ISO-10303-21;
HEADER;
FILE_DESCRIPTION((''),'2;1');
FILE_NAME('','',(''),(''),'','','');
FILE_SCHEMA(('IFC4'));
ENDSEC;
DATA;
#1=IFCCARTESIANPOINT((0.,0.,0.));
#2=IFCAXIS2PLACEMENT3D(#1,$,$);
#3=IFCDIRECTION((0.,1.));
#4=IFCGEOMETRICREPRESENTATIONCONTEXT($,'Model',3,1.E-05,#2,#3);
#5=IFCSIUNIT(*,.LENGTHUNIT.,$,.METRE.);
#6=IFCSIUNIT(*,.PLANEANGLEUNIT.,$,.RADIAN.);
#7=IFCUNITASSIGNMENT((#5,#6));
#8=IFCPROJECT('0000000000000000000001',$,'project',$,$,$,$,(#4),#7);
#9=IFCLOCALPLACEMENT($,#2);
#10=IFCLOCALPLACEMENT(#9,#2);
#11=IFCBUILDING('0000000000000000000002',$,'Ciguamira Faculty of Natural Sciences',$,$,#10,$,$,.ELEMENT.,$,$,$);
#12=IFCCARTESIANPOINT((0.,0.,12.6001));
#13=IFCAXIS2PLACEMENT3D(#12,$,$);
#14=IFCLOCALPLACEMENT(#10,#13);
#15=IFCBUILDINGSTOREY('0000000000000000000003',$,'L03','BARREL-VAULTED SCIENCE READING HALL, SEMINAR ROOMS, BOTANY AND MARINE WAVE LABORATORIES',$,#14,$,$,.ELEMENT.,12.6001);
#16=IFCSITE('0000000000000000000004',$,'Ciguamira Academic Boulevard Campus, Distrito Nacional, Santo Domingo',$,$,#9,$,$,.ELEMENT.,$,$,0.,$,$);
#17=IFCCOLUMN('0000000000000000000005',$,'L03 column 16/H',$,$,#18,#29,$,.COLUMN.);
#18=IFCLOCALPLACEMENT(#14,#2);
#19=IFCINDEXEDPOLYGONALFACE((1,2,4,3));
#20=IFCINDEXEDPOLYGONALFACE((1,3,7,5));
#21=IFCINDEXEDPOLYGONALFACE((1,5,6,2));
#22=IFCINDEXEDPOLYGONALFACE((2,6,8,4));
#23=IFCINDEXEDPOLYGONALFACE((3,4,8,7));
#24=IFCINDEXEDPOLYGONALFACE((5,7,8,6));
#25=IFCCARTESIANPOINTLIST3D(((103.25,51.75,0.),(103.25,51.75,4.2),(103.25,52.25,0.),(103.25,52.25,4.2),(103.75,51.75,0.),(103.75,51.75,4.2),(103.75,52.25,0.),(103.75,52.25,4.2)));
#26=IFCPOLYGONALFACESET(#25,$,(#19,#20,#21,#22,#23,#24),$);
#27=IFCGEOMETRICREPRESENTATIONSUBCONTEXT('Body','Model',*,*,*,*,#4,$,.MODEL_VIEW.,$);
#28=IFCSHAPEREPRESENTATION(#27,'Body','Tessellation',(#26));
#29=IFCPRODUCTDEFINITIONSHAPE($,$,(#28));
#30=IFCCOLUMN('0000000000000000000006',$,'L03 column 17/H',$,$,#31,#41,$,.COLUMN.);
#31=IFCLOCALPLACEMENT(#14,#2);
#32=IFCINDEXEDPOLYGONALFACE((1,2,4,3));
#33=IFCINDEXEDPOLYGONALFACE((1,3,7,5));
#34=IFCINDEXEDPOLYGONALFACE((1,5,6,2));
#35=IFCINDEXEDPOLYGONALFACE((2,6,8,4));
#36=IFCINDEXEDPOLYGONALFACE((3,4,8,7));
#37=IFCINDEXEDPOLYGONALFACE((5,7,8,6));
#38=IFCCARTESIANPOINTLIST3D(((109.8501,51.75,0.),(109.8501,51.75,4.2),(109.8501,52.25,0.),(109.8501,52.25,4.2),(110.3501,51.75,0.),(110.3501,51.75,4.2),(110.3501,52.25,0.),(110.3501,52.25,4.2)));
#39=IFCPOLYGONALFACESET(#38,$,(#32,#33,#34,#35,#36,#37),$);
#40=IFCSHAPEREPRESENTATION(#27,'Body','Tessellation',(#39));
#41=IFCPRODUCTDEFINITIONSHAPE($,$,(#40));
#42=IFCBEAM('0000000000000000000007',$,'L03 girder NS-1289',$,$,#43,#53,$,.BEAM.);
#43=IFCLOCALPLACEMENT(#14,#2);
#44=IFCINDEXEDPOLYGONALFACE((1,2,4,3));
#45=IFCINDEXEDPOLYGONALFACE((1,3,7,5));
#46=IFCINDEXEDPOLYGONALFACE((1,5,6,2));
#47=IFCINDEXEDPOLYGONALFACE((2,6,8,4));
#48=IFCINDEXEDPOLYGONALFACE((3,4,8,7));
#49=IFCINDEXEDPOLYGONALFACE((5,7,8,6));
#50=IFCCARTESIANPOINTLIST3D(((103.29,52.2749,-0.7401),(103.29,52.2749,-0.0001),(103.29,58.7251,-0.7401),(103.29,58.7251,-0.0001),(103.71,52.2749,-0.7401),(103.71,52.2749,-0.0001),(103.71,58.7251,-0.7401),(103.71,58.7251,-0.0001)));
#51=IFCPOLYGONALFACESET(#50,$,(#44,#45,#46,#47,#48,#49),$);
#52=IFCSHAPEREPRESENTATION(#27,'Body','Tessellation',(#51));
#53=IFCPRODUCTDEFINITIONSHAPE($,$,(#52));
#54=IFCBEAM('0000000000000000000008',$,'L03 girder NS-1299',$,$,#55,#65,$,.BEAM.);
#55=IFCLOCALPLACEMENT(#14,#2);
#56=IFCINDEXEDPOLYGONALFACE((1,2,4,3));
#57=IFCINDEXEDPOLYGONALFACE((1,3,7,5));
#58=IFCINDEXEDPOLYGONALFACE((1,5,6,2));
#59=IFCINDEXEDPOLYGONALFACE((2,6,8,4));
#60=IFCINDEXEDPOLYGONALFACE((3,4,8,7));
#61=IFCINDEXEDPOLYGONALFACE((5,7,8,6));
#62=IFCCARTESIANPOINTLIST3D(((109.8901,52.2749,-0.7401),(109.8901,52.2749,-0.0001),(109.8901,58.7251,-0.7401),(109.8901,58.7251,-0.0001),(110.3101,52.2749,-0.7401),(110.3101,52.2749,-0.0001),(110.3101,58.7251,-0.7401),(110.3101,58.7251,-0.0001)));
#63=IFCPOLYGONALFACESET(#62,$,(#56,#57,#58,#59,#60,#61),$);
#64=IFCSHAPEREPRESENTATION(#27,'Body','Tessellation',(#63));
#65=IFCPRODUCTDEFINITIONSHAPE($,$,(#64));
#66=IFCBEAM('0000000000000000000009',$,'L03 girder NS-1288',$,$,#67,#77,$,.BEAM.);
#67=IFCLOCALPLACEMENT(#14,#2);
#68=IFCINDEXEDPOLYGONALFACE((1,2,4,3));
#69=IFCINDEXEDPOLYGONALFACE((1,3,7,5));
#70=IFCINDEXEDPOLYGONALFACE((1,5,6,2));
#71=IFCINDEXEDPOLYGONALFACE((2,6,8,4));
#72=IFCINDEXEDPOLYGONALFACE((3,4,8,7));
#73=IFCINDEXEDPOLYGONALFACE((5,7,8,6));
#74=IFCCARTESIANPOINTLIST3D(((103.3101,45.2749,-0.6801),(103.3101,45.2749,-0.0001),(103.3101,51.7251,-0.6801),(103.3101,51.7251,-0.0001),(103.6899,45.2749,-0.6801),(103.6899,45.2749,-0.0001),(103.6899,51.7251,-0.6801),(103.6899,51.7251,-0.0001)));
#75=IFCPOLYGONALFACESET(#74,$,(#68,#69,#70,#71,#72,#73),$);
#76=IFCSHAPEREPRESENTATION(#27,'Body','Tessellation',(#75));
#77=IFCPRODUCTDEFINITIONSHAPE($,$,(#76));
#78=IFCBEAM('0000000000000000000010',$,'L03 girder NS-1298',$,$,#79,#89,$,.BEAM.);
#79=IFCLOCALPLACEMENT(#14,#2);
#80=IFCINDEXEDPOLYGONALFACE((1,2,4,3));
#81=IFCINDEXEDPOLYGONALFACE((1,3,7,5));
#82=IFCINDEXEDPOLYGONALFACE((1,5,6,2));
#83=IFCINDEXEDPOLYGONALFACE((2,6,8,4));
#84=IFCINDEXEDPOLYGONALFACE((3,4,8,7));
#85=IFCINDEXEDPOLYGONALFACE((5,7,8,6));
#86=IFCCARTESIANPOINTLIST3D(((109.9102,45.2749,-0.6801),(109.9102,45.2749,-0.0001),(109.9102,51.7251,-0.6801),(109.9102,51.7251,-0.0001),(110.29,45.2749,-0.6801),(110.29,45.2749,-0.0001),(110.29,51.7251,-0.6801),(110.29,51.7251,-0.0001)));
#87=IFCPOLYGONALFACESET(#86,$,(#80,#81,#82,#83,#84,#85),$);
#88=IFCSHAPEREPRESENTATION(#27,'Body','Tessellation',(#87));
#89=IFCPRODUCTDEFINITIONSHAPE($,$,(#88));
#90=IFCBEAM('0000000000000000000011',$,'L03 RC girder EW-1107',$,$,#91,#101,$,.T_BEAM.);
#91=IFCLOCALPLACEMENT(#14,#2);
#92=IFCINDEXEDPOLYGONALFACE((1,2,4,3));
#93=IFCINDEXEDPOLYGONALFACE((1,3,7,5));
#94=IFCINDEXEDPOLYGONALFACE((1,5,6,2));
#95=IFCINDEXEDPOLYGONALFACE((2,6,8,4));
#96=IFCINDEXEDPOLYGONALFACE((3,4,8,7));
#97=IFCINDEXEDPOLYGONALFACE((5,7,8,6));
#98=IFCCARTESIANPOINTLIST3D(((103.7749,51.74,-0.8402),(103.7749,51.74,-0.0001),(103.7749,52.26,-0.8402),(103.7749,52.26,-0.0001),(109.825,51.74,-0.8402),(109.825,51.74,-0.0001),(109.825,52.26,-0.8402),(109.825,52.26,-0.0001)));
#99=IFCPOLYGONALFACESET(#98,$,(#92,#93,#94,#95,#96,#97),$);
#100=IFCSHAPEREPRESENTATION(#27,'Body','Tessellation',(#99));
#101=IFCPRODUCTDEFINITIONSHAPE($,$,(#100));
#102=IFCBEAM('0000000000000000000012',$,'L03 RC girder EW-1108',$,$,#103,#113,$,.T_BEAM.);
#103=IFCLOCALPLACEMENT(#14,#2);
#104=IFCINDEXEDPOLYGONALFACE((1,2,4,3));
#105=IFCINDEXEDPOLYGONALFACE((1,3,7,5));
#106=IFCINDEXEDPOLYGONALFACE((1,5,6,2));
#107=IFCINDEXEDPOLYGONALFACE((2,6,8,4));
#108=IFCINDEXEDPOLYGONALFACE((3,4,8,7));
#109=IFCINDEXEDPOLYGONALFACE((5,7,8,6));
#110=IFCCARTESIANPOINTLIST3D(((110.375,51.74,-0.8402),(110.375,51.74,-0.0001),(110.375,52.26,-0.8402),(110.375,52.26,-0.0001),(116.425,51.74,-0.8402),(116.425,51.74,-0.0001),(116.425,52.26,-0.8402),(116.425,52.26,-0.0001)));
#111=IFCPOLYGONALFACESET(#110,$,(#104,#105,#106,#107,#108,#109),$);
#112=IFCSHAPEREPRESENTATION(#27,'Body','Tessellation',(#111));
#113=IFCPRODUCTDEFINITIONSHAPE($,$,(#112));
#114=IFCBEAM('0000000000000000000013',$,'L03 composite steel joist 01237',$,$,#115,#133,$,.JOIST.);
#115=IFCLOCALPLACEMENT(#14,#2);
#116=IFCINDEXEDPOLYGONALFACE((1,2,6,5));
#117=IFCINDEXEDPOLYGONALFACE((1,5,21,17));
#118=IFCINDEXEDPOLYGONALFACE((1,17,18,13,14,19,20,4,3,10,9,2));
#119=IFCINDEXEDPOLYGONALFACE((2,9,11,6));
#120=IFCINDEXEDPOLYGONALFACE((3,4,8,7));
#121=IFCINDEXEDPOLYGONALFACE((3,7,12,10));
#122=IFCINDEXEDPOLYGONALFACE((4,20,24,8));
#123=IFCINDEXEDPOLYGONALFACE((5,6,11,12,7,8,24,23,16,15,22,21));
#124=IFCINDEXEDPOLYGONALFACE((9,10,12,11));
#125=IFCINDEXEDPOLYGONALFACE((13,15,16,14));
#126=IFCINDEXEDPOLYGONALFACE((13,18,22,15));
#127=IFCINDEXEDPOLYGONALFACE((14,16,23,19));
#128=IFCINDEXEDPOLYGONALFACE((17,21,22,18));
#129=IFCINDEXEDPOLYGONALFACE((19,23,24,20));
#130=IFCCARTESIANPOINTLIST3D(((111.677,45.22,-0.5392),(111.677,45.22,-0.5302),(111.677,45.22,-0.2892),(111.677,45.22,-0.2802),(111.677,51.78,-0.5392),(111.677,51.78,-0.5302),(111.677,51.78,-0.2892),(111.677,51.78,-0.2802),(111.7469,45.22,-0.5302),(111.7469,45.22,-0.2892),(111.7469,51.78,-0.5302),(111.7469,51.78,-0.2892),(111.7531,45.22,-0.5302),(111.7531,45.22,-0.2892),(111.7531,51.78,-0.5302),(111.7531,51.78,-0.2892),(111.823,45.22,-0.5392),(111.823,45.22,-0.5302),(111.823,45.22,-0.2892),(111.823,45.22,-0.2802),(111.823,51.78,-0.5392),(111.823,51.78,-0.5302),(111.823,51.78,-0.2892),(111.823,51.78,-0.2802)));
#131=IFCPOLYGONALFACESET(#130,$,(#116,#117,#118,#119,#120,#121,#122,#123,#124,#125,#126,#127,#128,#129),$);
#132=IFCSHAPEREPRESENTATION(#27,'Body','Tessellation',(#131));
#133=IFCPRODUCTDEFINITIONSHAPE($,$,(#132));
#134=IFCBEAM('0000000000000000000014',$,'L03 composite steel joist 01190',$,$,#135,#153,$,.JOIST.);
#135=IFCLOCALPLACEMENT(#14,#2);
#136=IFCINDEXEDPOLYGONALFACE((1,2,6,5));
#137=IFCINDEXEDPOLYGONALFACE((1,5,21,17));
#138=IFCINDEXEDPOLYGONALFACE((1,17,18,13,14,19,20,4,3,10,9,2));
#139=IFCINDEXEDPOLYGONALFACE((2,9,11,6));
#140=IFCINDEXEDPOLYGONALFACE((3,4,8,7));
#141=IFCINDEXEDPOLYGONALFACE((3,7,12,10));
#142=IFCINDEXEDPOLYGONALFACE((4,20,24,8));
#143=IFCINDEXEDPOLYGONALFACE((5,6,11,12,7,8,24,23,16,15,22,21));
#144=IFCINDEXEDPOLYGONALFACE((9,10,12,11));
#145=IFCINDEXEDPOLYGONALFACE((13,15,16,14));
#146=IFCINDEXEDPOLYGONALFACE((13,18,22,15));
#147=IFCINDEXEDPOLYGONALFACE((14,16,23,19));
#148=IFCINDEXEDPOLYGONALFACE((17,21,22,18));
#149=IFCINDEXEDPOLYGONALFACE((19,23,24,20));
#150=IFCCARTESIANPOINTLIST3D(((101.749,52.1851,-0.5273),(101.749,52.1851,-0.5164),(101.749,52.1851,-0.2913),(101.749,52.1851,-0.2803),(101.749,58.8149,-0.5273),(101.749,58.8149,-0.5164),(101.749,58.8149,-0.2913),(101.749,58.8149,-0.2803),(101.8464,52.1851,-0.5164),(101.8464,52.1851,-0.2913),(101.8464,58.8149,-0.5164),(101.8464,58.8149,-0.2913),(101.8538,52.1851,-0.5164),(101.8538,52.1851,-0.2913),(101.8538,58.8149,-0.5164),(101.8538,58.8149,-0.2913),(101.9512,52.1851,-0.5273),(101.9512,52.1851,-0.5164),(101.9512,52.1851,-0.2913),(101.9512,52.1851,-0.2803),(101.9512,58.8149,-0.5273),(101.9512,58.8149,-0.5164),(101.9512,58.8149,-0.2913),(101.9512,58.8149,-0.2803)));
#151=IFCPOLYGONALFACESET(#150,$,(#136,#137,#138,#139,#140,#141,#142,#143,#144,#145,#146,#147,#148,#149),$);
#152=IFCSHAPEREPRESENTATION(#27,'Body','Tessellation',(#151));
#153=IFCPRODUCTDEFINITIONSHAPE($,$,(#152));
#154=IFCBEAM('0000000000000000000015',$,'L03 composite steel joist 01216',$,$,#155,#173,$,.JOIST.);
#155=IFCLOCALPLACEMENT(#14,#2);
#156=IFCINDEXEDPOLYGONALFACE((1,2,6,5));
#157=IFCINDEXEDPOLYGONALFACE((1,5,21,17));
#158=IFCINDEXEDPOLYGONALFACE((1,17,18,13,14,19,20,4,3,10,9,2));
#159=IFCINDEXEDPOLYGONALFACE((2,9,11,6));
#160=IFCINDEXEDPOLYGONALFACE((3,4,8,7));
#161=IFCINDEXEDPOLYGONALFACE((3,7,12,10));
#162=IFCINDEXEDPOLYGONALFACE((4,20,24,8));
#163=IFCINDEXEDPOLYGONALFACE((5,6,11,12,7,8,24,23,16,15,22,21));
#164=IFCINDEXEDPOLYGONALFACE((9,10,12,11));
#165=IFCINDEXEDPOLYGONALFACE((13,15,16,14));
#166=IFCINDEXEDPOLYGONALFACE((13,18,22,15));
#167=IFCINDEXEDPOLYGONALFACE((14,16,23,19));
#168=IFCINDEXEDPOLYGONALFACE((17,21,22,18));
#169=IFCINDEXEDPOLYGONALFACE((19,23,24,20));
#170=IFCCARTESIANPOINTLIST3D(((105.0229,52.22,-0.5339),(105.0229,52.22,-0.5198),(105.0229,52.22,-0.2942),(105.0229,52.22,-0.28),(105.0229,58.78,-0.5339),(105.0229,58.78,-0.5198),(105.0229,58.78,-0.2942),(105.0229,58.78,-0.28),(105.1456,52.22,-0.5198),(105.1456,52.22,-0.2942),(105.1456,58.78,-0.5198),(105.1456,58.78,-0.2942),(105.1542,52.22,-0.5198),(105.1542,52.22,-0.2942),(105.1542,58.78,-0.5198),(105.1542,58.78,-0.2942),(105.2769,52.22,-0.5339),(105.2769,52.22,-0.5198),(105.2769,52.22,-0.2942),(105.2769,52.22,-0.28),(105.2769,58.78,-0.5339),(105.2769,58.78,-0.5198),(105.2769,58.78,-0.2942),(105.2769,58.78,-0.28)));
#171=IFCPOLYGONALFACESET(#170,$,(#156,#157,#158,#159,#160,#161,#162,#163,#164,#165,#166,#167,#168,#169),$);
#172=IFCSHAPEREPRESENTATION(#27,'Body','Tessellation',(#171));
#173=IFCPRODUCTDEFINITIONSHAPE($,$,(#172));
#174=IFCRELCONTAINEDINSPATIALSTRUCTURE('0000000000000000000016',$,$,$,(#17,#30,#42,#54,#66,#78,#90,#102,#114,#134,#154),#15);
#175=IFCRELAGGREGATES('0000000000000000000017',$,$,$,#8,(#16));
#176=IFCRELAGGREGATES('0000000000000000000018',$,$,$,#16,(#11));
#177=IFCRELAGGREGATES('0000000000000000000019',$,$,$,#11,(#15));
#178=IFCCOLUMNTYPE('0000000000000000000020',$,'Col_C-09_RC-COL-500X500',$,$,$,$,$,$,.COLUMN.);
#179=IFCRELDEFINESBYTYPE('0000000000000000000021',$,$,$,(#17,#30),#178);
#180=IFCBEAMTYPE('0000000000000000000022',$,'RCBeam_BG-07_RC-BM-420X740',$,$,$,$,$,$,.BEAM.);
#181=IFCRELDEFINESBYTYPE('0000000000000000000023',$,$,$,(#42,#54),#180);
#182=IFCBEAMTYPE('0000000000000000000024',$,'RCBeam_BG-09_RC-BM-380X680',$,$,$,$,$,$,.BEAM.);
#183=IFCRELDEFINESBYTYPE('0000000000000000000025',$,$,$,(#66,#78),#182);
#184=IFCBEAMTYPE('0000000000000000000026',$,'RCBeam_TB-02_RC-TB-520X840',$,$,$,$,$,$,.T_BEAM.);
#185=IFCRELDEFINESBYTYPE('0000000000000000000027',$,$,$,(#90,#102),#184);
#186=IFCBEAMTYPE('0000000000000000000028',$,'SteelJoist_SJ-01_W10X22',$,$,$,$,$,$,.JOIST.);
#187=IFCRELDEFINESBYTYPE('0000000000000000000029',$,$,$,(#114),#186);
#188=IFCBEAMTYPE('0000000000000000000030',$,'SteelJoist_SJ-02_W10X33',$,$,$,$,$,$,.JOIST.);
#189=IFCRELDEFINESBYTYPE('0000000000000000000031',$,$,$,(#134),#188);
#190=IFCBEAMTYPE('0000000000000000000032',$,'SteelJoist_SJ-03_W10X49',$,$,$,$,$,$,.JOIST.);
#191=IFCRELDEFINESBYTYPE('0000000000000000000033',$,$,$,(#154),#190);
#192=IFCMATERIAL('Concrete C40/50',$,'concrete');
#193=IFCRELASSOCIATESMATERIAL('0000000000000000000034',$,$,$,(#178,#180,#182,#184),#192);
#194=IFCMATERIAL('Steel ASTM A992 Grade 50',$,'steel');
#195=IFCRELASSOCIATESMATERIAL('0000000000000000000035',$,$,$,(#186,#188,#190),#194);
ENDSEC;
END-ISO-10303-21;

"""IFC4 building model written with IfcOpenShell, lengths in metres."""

from ifc_helpers import new_model, si_unit, direction, frame, origin, origin_2d, place, context, subcontext, project, spatial, rectangle, i_section, extrude, material, material_profile, profile_set, type_object, element, save


model = new_model("IFC4")

# Units and contexts
model_context = context("Model", 3, precision=1e-05, world=origin(), true_north=direction((0.0, 1.0)))
body_context = subcontext(model_context, "Body", "Model", "MODEL_VIEW")
ifc_project = project(units=[si_unit("LENGTHUNIT", "METRE"), si_unit("PLANEANGLEUNIT", "RADIAN")], contexts=[model_context])

# Site, building, storey
site_placement = place(None, origin())
site = spatial("IfcSite", under=ifc_project, at=site_placement, Name="Ciguamira Academic Boulevard Campus, Distrito Nacional, Santo Domingo", CompositionType="ELEMENT", RefElevation=0.0)
building_placement = place(site_placement, origin())
building = spatial("IfcBuilding", under=site, at=building_placement, Name="Ciguamira Faculty of Natural Sciences", CompositionType="ELEMENT")
storey_placement = place(building_placement, frame((0.0, 0.0, 12.6001)))
storey = spatial("IfcBuildingStorey", under=building, at=storey_placement, Name="L03", Description="BARREL-VAULTED SCIENCE READING HALL, SEMINAR ROOMS, BOTANY AND MARINE WAVE LABORATORIES", CompositionType="ELEMENT", Elevation=12.6001)

# Columns
ifc_material_1 = material(Name="Concrete C40/50", Category="concrete")
ifc_material_profile_1 = material_profile(ifc_material_1, rectangle(XDim=0.5, YDim=0.5, at=origin_2d()), Name="RC-COL-500X500")
ifc_profile_set_1 = profile_set([ifc_material_profile_1], Name="Concrete C40/50")
column_type = type_object("IfcColumnType", Name="Col_C-09_RC-COL-500X500", PredefinedType="COLUMN", material=ifc_profile_set_1)
for number, where, z_axis, x_axis, name in (
    (1, (103.5, 52.0, 0.0), (0.0, 0.0, 1.0), (1.0, 0.0, 0.0), "L03 column 16/H"),
    (2, (110.1001, 52.0, 0.0), (0.0, 0.0, 1.0), (1.0, 0.0, 0.0), "L03 column 17/H"),
):
    element("IfcColumn", number, at=place(storey_placement, frame(where, z_axis=z_axis, x_axis=x_axis)), inside=storey, type_object=column_type, Name=name, PredefinedType="COLUMN", context=body_context, shape_type="SweptSolid", body=[
        extrude(rectangle(XDim=0.5, YDim=0.5, at=origin_2d()), origin(), (0.0, 0.0, 1.0), 4.2),
    ])

# Beams
ifc_material_profile_2 = material_profile(ifc_material_1, rectangle(XDim=0.4199, YDim=0.74, at=origin_2d()), Name="RC-BM-420X740")
ifc_profile_set_2 = profile_set([ifc_material_profile_2], Name="Concrete C40/50")
beam_type_1 = type_object("IfcBeamType", Name="RCBeam_BG-07_RC-BM-420X740", PredefinedType="BEAM", material=ifc_profile_set_2)
for number, where, z_axis, x_axis, name in (
    (3, (103.5, 52.2749, -0.3701), (0.0, 1.0, 0.0), (-1.0, 0.0, 0.0), "L03 girder NS-1289"),
    (4, (110.1001, 52.2749, -0.3701), (0.0, 1.0, 0.0), (-1.0, 0.0, 0.0), "L03 girder NS-1299"),
):
    element("IfcBeam", number, at=place(storey_placement, frame(where, z_axis=z_axis, x_axis=x_axis)), inside=storey, type_object=beam_type_1, Name=name, PredefinedType="BEAM", context=body_context, shape_type="SweptSolid", body=[
        extrude(rectangle(XDim=0.4199, YDim=0.74, at=origin_2d()), origin(), (0.0, 0.0, 1.0), 6.4502),
    ])
ifc_material_profile_3 = material_profile(ifc_material_1, rectangle(XDim=0.3799, YDim=0.6799, at=origin_2d()), Name="RC-BM-380X680")
ifc_profile_set_3 = profile_set([ifc_material_profile_3], Name="Concrete C40/50")
beam_type_2 = type_object("IfcBeamType", Name="RCBeam_BG-09_RC-BM-380X680", PredefinedType="BEAM", material=ifc_profile_set_3)
for number, where, z_axis, x_axis, name in (
    (5, (103.5, 45.2749, -0.3401), (0.0, 1.0, 0.0), (-1.0, 0.0, 0.0), "L03 girder NS-1288"),
    (6, (110.1001, 45.2749, -0.3401), (0.0, 1.0, 0.0), (-1.0, 0.0, 0.0), "L03 girder NS-1298"),
):
    element("IfcBeam", number, at=place(storey_placement, frame(where, z_axis=z_axis, x_axis=x_axis)), inside=storey, type_object=beam_type_2, Name=name, PredefinedType="BEAM", context=body_context, shape_type="SweptSolid", body=[
        extrude(rectangle(XDim=0.3799, YDim=0.6799, at=origin_2d()), origin(), (0.0, 0.0, 1.0), 6.4502),
    ])
ifc_material_profile_4 = material_profile(ifc_material_1, rectangle(XDim=0.52, YDim=0.8401, at=origin_2d()), Name="RC-TB-520X840")
ifc_profile_set_4 = profile_set([ifc_material_profile_4], Name="Concrete C40/50")
beam_type_3 = type_object("IfcBeamType", Name="RCBeam_TB-02_RC-TB-520X840", PredefinedType="T_BEAM", material=ifc_profile_set_4)
for number, where, z_axis, x_axis, name in (
    (7, (103.7749, 52.0, -0.4202), (1.0, 0.0, 0.0), (0.0, 1.0, 0.0), "L03 RC girder EW-1107"),
    (8, (110.375, 52.0, -0.4202), (1.0, 0.0, 0.0), (0.0, 1.0, 0.0), "L03 RC girder EW-1108"),
):
    element("IfcBeam", number, at=place(storey_placement, frame(where, z_axis=z_axis, x_axis=x_axis)), inside=storey, type_object=beam_type_3, Name=name, PredefinedType="T_BEAM", context=body_context, shape_type="SweptSolid", body=[
        extrude(rectangle(XDim=0.52, YDim=0.8401, at=origin_2d()), origin(), (0.0, 0.0, 1.0), 6.05),
    ])
ifc_material_2 = material(Name="Steel ASTM A992 Grade 50", Category="steel")
ifc_material_profile_5 = material_profile(ifc_material_2, i_section(OverallWidth=0.146, OverallDepth=0.259, WebThickness=0.0061, FlangeThickness=0.009, at=origin_2d()), Name="W10X22")
ifc_profile_set_5 = profile_set([ifc_material_profile_5], Name="Steel ASTM A992 Grade 50")
beam_type_4 = type_object("IfcBeamType", Name="SteelJoist_SJ-01_W10X22", PredefinedType="JOIST", material=ifc_profile_set_5)
beam_1_placement = place(storey_placement, frame((111.75, 45.22, -0.4097), z_axis=(0.0, 1.0, 0.0), x_axis=(-1.0, 0.0, 0.0)))
element("IfcBeam", 9, at=beam_1_placement, inside=storey, type_object=beam_type_4, Name="L03 composite steel joist 01237", PredefinedType="JOIST", context=body_context, shape_type="SweptSolid", body=[
    extrude(i_section(OverallWidth=0.146, OverallDepth=0.259, WebThickness=0.0061, FlangeThickness=0.009, at=origin_2d()), origin(), (0.0, 0.0, 1.0), 6.5601),
])
ifc_material_profile_6 = material_profile(ifc_material_2, i_section(OverallWidth=0.2021, OverallDepth=0.2471, WebThickness=0.0073, FlangeThickness=0.011, at=origin_2d()), Name="W10X33")
ifc_profile_set_6 = profile_set([ifc_material_profile_6], Name="Steel ASTM A992 Grade 50")
beam_type_5 = type_object("IfcBeamType", Name="SteelJoist_SJ-02_W10X33", PredefinedType="JOIST", material=ifc_profile_set_6)
beam_2_placement = place(storey_placement, frame((101.8501, 52.1851, -0.4038), z_axis=(0.0, 1.0, 0.0), x_axis=(-1.0, 0.0, 0.0)))
element("IfcBeam", 10, at=beam_2_placement, inside=storey, type_object=beam_type_5, Name="L03 composite steel joist 01190", PredefinedType="JOIST", context=body_context, shape_type="SweptSolid", body=[
    extrude(i_section(OverallWidth=0.2021, OverallDepth=0.2471, WebThickness=0.0073, FlangeThickness=0.011, at=origin_2d()), origin(), (0.0, 0.0, 1.0), 6.6299),
])
ifc_material_profile_7 = material_profile(ifc_material_2, i_section(OverallWidth=0.2539, OverallDepth=0.2539, WebThickness=0.0085, FlangeThickness=0.0142, at=origin_2d()), Name="W10X49")
ifc_profile_set_7 = profile_set([ifc_material_profile_7], Name="Steel ASTM A992 Grade 50")
beam_type_6 = type_object("IfcBeamType", Name="SteelJoist_SJ-03_W10X49", PredefinedType="JOIST", material=ifc_profile_set_7)
beam_3_placement = place(storey_placement, frame((105.1499, 52.22, -0.407), z_axis=(0.0, 1.0, 0.0), x_axis=(-1.0, 0.0, 0.0)))
element("IfcBeam", 11, at=beam_3_placement, inside=storey, type_object=beam_type_6, Name="L03 composite steel joist 01216", PredefinedType="JOIST", context=body_context, shape_type="SweptSolid", body=[
    extrude(i_section(OverallWidth=0.2539, OverallDepth=0.2539, WebThickness=0.0085, FlangeThickness=0.0142, at=origin_2d()), origin(), (0.0, 0.0, 1.0), 6.5601),
])

save(model, "model.ifc")
